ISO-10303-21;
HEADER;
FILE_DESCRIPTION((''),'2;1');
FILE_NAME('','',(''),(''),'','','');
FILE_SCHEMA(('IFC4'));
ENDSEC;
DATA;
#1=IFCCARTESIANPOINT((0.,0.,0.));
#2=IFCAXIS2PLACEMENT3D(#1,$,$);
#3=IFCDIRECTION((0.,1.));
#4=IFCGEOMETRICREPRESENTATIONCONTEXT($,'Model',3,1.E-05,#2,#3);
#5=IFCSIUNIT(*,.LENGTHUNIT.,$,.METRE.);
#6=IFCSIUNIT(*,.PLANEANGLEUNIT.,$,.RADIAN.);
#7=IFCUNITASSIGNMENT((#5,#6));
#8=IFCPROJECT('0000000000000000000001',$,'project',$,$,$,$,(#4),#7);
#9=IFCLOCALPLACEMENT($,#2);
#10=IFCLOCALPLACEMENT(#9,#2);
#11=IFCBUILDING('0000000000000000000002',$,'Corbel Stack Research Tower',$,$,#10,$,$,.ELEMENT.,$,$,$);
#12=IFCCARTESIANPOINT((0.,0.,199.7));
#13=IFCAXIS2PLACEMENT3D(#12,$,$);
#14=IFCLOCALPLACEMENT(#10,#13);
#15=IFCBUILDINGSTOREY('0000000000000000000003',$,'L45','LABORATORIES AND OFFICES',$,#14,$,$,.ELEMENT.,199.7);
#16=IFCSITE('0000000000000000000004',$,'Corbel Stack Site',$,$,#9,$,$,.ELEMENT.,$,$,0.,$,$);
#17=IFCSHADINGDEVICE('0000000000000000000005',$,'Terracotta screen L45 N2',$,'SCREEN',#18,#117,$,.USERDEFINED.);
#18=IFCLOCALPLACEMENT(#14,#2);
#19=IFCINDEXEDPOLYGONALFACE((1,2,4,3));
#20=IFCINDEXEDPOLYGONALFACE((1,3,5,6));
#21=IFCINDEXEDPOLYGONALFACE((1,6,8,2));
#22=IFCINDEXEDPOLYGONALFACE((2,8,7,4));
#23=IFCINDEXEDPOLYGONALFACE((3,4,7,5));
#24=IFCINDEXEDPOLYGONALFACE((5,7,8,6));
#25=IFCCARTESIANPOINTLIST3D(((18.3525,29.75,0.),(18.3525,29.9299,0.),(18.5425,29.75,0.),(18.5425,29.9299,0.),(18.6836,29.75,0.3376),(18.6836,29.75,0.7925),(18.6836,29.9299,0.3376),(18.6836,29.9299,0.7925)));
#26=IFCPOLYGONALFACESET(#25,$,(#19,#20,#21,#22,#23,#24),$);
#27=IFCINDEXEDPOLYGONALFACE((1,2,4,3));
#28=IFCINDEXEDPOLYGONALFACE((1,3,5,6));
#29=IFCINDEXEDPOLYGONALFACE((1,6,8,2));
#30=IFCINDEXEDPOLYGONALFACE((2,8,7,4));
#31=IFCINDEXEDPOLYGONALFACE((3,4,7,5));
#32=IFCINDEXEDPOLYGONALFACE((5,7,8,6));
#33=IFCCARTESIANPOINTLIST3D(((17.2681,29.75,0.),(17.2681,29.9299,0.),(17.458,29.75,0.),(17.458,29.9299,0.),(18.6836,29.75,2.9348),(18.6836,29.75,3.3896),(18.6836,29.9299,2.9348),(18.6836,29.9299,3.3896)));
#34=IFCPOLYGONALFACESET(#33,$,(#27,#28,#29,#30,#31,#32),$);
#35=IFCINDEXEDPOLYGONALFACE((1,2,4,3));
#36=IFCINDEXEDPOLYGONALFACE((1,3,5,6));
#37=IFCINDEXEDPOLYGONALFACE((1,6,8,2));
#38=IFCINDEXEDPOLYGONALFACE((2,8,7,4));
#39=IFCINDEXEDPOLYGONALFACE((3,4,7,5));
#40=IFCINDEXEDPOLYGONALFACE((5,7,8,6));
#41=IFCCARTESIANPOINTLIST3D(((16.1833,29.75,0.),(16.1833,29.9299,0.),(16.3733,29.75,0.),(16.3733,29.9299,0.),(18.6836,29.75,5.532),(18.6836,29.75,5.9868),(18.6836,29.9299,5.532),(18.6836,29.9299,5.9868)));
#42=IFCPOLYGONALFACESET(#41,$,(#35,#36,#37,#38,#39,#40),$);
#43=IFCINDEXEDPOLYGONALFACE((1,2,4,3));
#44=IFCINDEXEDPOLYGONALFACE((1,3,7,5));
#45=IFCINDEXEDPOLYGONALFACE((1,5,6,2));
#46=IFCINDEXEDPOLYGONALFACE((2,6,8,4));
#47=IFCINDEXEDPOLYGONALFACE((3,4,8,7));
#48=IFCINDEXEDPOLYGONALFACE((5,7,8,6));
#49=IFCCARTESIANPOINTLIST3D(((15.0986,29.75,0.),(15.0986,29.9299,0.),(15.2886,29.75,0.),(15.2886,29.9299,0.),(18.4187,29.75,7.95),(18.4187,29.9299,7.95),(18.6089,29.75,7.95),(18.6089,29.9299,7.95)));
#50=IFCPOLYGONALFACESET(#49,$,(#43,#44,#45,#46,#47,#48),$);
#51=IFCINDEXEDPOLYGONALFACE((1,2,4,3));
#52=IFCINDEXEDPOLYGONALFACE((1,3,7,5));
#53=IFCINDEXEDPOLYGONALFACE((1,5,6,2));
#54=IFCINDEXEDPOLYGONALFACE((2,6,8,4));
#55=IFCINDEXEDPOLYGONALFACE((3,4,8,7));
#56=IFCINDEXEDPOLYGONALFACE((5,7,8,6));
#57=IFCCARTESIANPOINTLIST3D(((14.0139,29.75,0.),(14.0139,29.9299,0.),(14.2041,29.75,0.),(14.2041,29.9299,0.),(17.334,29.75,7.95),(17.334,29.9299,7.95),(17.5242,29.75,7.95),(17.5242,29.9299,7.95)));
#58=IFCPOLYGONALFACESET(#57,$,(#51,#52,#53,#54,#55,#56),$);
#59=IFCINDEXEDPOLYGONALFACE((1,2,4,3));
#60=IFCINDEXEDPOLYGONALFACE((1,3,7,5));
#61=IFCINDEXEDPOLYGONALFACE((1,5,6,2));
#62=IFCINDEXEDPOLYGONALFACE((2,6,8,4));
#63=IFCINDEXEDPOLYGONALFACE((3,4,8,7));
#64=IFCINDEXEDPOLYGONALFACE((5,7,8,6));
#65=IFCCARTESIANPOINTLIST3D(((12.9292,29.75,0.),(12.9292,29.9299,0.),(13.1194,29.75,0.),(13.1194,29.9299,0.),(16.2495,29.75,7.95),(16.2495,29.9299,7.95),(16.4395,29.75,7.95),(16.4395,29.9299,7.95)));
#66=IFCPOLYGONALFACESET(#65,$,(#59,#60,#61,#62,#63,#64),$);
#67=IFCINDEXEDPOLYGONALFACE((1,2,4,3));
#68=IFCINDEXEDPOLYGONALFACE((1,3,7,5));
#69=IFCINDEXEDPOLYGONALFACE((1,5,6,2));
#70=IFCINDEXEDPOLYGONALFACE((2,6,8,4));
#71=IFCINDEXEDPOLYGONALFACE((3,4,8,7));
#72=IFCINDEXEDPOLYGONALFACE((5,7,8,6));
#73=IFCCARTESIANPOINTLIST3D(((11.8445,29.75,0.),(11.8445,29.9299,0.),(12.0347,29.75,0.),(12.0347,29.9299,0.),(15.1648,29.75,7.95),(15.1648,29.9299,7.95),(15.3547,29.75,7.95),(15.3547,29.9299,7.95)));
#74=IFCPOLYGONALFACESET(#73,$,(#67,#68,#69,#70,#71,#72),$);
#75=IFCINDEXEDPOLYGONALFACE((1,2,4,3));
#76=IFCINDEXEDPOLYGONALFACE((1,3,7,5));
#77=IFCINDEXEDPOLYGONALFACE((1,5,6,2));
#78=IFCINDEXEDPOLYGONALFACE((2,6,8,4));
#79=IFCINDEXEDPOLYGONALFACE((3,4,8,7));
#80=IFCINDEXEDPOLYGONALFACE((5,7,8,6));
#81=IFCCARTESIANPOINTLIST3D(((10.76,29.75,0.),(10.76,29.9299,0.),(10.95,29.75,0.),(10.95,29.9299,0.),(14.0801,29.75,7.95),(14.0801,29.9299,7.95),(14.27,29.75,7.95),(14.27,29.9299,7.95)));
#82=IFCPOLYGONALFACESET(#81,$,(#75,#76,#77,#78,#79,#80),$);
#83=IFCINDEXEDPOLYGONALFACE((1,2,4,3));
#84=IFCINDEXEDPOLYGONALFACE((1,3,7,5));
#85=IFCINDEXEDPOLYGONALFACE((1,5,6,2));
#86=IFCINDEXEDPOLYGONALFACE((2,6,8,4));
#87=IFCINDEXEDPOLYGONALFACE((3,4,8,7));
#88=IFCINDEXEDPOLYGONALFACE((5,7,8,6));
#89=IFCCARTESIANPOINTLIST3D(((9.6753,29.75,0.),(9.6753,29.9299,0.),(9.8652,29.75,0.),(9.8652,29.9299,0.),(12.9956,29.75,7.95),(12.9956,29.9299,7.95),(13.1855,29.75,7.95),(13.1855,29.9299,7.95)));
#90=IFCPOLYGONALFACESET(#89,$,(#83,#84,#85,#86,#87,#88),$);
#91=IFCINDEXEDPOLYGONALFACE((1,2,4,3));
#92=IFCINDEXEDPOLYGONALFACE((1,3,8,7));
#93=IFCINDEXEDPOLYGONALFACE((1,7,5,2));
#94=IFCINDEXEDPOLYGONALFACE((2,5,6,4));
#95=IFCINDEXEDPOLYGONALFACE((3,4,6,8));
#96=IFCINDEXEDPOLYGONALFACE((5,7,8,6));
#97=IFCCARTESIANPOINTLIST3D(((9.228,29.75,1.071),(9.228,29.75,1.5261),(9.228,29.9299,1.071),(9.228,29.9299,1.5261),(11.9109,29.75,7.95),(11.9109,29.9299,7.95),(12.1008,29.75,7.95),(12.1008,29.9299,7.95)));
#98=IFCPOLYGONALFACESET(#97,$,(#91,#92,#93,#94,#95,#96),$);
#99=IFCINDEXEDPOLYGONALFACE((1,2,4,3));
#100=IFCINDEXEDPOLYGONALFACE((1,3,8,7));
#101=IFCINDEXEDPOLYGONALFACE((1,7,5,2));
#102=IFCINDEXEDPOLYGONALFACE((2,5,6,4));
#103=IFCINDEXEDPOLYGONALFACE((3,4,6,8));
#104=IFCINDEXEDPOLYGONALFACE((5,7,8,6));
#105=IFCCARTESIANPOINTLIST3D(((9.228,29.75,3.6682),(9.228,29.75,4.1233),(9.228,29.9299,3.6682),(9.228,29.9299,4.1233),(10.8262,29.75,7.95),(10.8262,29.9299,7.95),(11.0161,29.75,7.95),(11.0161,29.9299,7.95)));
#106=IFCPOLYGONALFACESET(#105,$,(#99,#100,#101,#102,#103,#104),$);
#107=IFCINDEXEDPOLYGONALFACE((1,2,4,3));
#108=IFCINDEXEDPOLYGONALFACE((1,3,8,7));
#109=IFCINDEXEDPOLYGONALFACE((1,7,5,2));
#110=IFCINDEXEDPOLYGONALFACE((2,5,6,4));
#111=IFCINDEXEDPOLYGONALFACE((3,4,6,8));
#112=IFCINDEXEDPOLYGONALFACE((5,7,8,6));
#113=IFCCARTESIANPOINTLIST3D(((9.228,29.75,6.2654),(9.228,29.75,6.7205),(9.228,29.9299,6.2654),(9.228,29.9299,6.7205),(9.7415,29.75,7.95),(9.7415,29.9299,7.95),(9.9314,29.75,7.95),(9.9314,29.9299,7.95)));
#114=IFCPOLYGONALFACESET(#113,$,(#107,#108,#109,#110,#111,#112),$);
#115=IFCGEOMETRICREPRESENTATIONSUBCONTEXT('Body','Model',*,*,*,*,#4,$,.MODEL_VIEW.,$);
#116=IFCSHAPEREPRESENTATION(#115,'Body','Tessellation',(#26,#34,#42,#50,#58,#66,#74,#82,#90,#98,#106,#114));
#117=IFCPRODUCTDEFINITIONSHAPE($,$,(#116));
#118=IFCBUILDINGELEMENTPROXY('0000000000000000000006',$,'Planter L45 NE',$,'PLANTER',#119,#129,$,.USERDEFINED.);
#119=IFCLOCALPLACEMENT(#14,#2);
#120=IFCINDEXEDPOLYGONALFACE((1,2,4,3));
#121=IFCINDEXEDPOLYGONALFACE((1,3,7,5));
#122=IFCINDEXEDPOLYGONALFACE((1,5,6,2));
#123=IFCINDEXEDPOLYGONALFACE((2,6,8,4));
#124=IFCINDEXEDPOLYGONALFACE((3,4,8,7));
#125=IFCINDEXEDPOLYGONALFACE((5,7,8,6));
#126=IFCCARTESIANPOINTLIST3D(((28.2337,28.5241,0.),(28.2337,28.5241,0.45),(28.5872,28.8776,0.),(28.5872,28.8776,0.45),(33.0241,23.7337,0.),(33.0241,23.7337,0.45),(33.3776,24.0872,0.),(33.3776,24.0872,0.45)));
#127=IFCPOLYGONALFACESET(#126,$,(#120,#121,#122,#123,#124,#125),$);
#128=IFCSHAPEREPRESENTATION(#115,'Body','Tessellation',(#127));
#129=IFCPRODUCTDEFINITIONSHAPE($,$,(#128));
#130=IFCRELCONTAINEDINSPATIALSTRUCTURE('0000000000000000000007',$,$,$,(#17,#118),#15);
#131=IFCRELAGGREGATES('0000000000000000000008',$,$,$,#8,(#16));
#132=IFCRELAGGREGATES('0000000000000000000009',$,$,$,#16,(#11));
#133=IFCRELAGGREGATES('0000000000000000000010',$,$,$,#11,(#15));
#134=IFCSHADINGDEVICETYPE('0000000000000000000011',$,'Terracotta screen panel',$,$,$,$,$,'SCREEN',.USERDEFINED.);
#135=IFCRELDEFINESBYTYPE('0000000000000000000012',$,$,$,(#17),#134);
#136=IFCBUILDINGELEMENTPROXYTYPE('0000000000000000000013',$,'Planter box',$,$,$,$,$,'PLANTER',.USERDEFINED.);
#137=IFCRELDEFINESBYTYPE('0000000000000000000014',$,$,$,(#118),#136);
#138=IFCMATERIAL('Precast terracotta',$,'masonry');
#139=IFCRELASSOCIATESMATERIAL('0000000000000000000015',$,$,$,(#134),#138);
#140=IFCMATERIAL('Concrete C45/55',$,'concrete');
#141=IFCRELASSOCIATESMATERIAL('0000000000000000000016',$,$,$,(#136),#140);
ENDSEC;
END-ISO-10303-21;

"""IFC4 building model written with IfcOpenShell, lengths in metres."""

from ifc_helpers import new_model, si_unit, direction, frame, origin, origin_2d, place, context, subcontext, project, spatial, polyline, rectangle, outline, extrude, source, transform, mapped, material, type_object, element, save


model = new_model("IFC4")

# Units and contexts
model_context = context("Model", 3, precision=1e-05, world=origin(), true_north=direction((0.0, 1.0)))
body_context = subcontext(model_context, "Body", "Model", "MODEL_VIEW")
ifc_project = project(units=[si_unit("LENGTHUNIT", "METRE"), si_unit("PLANEANGLEUNIT", "RADIAN")], contexts=[model_context])

# Site, building, storey
site_placement = place(None, origin())
site = spatial("IfcSite", under=ifc_project, at=site_placement, Name="Corbel Stack Site", CompositionType="ELEMENT", RefElevation=0.0)
building_placement = place(site_placement, origin())
building = spatial("IfcBuilding", under=site, at=building_placement, Name="Corbel Stack Research Tower", CompositionType="ELEMENT")
storey_placement = place(building_placement, frame((0.0, 0.0, 199.7)))
storey = spatial("IfcBuildingStorey", under=building, at=storey_placement, Name="L45", Description="LABORATORIES AND OFFICES", CompositionType="ELEMENT", Elevation=199.7)

# Shading device
ifc_material_1 = material(Name="Precast terracotta", Category="masonry")
shading_device_type = type_object("IfcShadingDeviceType", Name="Terracotta screen panel", ElementType="SCREEN", PredefinedType="USERDEFINED", material=ifc_material_1)
shared_shape_1 = source(origin(), body_context, "Body", "SweptSolid", [
    extrude(outline(polyline([(0.3311, 0.0), (0.0, 0.7925), (0.0, 0.3376), (0.1411, 0.0), (0.3311, 0.0)])), frame((0.0, 0.0, 0.0), z_axis=(0.0, -1.0, 0.0), x_axis=(1.0, 0.0, 0.0)), (0.0, 0.0, 1.0), 0.1799),
    extrude(outline(polyline([(1.4155, 0.0), (0.0, 3.3896), (0.0, 2.9348), (1.2256, 0.0), (1.4155, 0.0)])), frame((0.0, 0.0, 0.0), z_axis=(0.0, -1.0, 0.0), x_axis=(1.0, 0.0, 0.0)), (0.0, 0.0, 1.0), 0.1799),
    extrude(outline(polyline([(2.5002, 0.0), (0.0, 5.9868), (0.0, 5.532), (2.3103, 0.0), (2.5002, 0.0)])), frame((0.0, 0.0, 0.0), z_axis=(0.0, -1.0, 0.0), x_axis=(1.0, 0.0, 0.0)), (0.0, 0.0, 1.0), 0.1799),
    extrude(outline(polyline([(3.585, 0.0), (0.2649, 7.95), (0.0747, 7.95), (3.395, 0.0), (3.585, 0.0)])), frame((0.0, 0.0, 0.0), z_axis=(0.0, -1.0, 0.0), x_axis=(1.0, 0.0, 0.0)), (0.0, 0.0, 1.0), 0.1799),
    extrude(outline(polyline([(4.6697, 0.0), (1.3496, 7.95), (1.1594, 7.95), (4.4795, 0.0), (4.6697, 0.0)])), frame((0.0, 0.0, 0.0), z_axis=(0.0, -1.0, 0.0), x_axis=(1.0, 0.0, 0.0)), (0.0, 0.0, 1.0), 0.1799),
    extrude(outline(polyline([(5.7544, 0.0), (2.4341, 7.95), (2.2441, 7.95), (5.5642, 0.0), (5.7544, 0.0)])), frame((0.0, 0.0, 0.0), z_axis=(0.0, -1.0, 0.0), x_axis=(1.0, 0.0, 0.0)), (0.0, 0.0, 1.0), 0.1799),
    extrude(outline(polyline([(6.8391, 0.0), (3.5188, 7.95), (3.3289, 7.95), (6.6489, 0.0), (6.8391, 0.0)])), frame((0.0, 0.0, 0.0), z_axis=(0.0, -1.0, 0.0), x_axis=(1.0, 0.0, 0.0)), (0.0, 0.0, 1.0), 0.1799),
    extrude(outline(polyline([(7.9236, 0.0), (4.6035, 7.95), (4.4136, 7.95), (7.7336, 0.0), (7.9236, 0.0)])), frame((0.0, 0.0, 0.0), z_axis=(0.0, -1.0, 0.0), x_axis=(1.0, 0.0, 0.0)), (0.0, 0.0, 1.0), 0.1799),
    extrude(outline(polyline([(9.0083, 0.0), (5.688, 7.95), (5.498, 7.95), (8.8184, 0.0), (9.0083, 0.0)])), frame((0.0, 0.0, 0.0), z_axis=(0.0, -1.0, 0.0), x_axis=(1.0, 0.0, 0.0)), (0.0, 0.0, 1.0), 0.1799),
    extrude(outline(polyline([(6.7727, 7.95), (6.5828, 7.95), (9.4556, 1.071), (9.4556, 1.5261), (6.7727, 7.95)])), frame((0.0, 0.0, 0.0), z_axis=(0.0, -1.0, 0.0), x_axis=(1.0, 0.0, 0.0)), (0.0, 0.0, 1.0), 0.1799),
    extrude(outline(polyline([(7.8574, 7.95), (7.6675, 7.95), (9.4556, 3.6682), (9.4556, 4.1233), (7.8574, 7.95)])), frame((0.0, 0.0, 0.0), z_axis=(0.0, -1.0, 0.0), x_axis=(1.0, 0.0, 0.0)), (0.0, 0.0, 1.0), 0.1799),
    extrude(outline(polyline([(8.9421, 7.95), (8.7522, 7.95), (9.4556, 6.2654), (9.4556, 6.7205), (8.9421, 7.95)])), frame((0.0, 0.0, 0.0), z_axis=(0.0, -1.0, 0.0), x_axis=(1.0, 0.0, 0.0)), (0.0, 0.0, 1.0), 0.1799),
])
shading_device_1_placement = place(storey_placement, frame((18.6836, 29.75, 0.0), z_axis=(0.0, 0.0, 1.0), x_axis=(-1.0, 0.0, 0.0)))
element("IfcShadingDevice", 1, at=shading_device_1_placement, inside=storey, type_object=shading_device_type, Name="Terracotta screen L45 N2", ObjectType="SCREEN", PredefinedType="USERDEFINED", context=body_context, shape_type="MappedRepresentation", body=[
    mapped(shared_shape_1, transform((0.0, 0.0, 0.0))),
])

# Building element proxy
ifc_material_2 = material(Name="Concrete C45/55", Category="concrete")
building_element_proxy_type = type_object("IfcBuildingElementProxyType", Name="Planter box", ElementType="PLANTER", PredefinedType="USERDEFINED", material=ifc_material_2)
proxy_placement = place(storey_placement, frame((30.8057, 26.3057, 0.0), z_axis=(0.0, 0.0, 1.0), x_axis=(-0.707107, 0.707107, 0.0)))
element("IfcBuildingElementProxy", 2, at=proxy_placement, inside=storey, type_object=building_element_proxy_type, Name="Planter L45 NE", ObjectType="PLANTER", PredefinedType="USERDEFINED", context=body_context, shape_type="SweptSolid", body=[
    extrude(rectangle(XDim=6.7747, YDim=0.5, at=origin_2d()), origin(), (0.0, 0.0, 1.0), 0.45),
])

save(model, "model.ifc")
